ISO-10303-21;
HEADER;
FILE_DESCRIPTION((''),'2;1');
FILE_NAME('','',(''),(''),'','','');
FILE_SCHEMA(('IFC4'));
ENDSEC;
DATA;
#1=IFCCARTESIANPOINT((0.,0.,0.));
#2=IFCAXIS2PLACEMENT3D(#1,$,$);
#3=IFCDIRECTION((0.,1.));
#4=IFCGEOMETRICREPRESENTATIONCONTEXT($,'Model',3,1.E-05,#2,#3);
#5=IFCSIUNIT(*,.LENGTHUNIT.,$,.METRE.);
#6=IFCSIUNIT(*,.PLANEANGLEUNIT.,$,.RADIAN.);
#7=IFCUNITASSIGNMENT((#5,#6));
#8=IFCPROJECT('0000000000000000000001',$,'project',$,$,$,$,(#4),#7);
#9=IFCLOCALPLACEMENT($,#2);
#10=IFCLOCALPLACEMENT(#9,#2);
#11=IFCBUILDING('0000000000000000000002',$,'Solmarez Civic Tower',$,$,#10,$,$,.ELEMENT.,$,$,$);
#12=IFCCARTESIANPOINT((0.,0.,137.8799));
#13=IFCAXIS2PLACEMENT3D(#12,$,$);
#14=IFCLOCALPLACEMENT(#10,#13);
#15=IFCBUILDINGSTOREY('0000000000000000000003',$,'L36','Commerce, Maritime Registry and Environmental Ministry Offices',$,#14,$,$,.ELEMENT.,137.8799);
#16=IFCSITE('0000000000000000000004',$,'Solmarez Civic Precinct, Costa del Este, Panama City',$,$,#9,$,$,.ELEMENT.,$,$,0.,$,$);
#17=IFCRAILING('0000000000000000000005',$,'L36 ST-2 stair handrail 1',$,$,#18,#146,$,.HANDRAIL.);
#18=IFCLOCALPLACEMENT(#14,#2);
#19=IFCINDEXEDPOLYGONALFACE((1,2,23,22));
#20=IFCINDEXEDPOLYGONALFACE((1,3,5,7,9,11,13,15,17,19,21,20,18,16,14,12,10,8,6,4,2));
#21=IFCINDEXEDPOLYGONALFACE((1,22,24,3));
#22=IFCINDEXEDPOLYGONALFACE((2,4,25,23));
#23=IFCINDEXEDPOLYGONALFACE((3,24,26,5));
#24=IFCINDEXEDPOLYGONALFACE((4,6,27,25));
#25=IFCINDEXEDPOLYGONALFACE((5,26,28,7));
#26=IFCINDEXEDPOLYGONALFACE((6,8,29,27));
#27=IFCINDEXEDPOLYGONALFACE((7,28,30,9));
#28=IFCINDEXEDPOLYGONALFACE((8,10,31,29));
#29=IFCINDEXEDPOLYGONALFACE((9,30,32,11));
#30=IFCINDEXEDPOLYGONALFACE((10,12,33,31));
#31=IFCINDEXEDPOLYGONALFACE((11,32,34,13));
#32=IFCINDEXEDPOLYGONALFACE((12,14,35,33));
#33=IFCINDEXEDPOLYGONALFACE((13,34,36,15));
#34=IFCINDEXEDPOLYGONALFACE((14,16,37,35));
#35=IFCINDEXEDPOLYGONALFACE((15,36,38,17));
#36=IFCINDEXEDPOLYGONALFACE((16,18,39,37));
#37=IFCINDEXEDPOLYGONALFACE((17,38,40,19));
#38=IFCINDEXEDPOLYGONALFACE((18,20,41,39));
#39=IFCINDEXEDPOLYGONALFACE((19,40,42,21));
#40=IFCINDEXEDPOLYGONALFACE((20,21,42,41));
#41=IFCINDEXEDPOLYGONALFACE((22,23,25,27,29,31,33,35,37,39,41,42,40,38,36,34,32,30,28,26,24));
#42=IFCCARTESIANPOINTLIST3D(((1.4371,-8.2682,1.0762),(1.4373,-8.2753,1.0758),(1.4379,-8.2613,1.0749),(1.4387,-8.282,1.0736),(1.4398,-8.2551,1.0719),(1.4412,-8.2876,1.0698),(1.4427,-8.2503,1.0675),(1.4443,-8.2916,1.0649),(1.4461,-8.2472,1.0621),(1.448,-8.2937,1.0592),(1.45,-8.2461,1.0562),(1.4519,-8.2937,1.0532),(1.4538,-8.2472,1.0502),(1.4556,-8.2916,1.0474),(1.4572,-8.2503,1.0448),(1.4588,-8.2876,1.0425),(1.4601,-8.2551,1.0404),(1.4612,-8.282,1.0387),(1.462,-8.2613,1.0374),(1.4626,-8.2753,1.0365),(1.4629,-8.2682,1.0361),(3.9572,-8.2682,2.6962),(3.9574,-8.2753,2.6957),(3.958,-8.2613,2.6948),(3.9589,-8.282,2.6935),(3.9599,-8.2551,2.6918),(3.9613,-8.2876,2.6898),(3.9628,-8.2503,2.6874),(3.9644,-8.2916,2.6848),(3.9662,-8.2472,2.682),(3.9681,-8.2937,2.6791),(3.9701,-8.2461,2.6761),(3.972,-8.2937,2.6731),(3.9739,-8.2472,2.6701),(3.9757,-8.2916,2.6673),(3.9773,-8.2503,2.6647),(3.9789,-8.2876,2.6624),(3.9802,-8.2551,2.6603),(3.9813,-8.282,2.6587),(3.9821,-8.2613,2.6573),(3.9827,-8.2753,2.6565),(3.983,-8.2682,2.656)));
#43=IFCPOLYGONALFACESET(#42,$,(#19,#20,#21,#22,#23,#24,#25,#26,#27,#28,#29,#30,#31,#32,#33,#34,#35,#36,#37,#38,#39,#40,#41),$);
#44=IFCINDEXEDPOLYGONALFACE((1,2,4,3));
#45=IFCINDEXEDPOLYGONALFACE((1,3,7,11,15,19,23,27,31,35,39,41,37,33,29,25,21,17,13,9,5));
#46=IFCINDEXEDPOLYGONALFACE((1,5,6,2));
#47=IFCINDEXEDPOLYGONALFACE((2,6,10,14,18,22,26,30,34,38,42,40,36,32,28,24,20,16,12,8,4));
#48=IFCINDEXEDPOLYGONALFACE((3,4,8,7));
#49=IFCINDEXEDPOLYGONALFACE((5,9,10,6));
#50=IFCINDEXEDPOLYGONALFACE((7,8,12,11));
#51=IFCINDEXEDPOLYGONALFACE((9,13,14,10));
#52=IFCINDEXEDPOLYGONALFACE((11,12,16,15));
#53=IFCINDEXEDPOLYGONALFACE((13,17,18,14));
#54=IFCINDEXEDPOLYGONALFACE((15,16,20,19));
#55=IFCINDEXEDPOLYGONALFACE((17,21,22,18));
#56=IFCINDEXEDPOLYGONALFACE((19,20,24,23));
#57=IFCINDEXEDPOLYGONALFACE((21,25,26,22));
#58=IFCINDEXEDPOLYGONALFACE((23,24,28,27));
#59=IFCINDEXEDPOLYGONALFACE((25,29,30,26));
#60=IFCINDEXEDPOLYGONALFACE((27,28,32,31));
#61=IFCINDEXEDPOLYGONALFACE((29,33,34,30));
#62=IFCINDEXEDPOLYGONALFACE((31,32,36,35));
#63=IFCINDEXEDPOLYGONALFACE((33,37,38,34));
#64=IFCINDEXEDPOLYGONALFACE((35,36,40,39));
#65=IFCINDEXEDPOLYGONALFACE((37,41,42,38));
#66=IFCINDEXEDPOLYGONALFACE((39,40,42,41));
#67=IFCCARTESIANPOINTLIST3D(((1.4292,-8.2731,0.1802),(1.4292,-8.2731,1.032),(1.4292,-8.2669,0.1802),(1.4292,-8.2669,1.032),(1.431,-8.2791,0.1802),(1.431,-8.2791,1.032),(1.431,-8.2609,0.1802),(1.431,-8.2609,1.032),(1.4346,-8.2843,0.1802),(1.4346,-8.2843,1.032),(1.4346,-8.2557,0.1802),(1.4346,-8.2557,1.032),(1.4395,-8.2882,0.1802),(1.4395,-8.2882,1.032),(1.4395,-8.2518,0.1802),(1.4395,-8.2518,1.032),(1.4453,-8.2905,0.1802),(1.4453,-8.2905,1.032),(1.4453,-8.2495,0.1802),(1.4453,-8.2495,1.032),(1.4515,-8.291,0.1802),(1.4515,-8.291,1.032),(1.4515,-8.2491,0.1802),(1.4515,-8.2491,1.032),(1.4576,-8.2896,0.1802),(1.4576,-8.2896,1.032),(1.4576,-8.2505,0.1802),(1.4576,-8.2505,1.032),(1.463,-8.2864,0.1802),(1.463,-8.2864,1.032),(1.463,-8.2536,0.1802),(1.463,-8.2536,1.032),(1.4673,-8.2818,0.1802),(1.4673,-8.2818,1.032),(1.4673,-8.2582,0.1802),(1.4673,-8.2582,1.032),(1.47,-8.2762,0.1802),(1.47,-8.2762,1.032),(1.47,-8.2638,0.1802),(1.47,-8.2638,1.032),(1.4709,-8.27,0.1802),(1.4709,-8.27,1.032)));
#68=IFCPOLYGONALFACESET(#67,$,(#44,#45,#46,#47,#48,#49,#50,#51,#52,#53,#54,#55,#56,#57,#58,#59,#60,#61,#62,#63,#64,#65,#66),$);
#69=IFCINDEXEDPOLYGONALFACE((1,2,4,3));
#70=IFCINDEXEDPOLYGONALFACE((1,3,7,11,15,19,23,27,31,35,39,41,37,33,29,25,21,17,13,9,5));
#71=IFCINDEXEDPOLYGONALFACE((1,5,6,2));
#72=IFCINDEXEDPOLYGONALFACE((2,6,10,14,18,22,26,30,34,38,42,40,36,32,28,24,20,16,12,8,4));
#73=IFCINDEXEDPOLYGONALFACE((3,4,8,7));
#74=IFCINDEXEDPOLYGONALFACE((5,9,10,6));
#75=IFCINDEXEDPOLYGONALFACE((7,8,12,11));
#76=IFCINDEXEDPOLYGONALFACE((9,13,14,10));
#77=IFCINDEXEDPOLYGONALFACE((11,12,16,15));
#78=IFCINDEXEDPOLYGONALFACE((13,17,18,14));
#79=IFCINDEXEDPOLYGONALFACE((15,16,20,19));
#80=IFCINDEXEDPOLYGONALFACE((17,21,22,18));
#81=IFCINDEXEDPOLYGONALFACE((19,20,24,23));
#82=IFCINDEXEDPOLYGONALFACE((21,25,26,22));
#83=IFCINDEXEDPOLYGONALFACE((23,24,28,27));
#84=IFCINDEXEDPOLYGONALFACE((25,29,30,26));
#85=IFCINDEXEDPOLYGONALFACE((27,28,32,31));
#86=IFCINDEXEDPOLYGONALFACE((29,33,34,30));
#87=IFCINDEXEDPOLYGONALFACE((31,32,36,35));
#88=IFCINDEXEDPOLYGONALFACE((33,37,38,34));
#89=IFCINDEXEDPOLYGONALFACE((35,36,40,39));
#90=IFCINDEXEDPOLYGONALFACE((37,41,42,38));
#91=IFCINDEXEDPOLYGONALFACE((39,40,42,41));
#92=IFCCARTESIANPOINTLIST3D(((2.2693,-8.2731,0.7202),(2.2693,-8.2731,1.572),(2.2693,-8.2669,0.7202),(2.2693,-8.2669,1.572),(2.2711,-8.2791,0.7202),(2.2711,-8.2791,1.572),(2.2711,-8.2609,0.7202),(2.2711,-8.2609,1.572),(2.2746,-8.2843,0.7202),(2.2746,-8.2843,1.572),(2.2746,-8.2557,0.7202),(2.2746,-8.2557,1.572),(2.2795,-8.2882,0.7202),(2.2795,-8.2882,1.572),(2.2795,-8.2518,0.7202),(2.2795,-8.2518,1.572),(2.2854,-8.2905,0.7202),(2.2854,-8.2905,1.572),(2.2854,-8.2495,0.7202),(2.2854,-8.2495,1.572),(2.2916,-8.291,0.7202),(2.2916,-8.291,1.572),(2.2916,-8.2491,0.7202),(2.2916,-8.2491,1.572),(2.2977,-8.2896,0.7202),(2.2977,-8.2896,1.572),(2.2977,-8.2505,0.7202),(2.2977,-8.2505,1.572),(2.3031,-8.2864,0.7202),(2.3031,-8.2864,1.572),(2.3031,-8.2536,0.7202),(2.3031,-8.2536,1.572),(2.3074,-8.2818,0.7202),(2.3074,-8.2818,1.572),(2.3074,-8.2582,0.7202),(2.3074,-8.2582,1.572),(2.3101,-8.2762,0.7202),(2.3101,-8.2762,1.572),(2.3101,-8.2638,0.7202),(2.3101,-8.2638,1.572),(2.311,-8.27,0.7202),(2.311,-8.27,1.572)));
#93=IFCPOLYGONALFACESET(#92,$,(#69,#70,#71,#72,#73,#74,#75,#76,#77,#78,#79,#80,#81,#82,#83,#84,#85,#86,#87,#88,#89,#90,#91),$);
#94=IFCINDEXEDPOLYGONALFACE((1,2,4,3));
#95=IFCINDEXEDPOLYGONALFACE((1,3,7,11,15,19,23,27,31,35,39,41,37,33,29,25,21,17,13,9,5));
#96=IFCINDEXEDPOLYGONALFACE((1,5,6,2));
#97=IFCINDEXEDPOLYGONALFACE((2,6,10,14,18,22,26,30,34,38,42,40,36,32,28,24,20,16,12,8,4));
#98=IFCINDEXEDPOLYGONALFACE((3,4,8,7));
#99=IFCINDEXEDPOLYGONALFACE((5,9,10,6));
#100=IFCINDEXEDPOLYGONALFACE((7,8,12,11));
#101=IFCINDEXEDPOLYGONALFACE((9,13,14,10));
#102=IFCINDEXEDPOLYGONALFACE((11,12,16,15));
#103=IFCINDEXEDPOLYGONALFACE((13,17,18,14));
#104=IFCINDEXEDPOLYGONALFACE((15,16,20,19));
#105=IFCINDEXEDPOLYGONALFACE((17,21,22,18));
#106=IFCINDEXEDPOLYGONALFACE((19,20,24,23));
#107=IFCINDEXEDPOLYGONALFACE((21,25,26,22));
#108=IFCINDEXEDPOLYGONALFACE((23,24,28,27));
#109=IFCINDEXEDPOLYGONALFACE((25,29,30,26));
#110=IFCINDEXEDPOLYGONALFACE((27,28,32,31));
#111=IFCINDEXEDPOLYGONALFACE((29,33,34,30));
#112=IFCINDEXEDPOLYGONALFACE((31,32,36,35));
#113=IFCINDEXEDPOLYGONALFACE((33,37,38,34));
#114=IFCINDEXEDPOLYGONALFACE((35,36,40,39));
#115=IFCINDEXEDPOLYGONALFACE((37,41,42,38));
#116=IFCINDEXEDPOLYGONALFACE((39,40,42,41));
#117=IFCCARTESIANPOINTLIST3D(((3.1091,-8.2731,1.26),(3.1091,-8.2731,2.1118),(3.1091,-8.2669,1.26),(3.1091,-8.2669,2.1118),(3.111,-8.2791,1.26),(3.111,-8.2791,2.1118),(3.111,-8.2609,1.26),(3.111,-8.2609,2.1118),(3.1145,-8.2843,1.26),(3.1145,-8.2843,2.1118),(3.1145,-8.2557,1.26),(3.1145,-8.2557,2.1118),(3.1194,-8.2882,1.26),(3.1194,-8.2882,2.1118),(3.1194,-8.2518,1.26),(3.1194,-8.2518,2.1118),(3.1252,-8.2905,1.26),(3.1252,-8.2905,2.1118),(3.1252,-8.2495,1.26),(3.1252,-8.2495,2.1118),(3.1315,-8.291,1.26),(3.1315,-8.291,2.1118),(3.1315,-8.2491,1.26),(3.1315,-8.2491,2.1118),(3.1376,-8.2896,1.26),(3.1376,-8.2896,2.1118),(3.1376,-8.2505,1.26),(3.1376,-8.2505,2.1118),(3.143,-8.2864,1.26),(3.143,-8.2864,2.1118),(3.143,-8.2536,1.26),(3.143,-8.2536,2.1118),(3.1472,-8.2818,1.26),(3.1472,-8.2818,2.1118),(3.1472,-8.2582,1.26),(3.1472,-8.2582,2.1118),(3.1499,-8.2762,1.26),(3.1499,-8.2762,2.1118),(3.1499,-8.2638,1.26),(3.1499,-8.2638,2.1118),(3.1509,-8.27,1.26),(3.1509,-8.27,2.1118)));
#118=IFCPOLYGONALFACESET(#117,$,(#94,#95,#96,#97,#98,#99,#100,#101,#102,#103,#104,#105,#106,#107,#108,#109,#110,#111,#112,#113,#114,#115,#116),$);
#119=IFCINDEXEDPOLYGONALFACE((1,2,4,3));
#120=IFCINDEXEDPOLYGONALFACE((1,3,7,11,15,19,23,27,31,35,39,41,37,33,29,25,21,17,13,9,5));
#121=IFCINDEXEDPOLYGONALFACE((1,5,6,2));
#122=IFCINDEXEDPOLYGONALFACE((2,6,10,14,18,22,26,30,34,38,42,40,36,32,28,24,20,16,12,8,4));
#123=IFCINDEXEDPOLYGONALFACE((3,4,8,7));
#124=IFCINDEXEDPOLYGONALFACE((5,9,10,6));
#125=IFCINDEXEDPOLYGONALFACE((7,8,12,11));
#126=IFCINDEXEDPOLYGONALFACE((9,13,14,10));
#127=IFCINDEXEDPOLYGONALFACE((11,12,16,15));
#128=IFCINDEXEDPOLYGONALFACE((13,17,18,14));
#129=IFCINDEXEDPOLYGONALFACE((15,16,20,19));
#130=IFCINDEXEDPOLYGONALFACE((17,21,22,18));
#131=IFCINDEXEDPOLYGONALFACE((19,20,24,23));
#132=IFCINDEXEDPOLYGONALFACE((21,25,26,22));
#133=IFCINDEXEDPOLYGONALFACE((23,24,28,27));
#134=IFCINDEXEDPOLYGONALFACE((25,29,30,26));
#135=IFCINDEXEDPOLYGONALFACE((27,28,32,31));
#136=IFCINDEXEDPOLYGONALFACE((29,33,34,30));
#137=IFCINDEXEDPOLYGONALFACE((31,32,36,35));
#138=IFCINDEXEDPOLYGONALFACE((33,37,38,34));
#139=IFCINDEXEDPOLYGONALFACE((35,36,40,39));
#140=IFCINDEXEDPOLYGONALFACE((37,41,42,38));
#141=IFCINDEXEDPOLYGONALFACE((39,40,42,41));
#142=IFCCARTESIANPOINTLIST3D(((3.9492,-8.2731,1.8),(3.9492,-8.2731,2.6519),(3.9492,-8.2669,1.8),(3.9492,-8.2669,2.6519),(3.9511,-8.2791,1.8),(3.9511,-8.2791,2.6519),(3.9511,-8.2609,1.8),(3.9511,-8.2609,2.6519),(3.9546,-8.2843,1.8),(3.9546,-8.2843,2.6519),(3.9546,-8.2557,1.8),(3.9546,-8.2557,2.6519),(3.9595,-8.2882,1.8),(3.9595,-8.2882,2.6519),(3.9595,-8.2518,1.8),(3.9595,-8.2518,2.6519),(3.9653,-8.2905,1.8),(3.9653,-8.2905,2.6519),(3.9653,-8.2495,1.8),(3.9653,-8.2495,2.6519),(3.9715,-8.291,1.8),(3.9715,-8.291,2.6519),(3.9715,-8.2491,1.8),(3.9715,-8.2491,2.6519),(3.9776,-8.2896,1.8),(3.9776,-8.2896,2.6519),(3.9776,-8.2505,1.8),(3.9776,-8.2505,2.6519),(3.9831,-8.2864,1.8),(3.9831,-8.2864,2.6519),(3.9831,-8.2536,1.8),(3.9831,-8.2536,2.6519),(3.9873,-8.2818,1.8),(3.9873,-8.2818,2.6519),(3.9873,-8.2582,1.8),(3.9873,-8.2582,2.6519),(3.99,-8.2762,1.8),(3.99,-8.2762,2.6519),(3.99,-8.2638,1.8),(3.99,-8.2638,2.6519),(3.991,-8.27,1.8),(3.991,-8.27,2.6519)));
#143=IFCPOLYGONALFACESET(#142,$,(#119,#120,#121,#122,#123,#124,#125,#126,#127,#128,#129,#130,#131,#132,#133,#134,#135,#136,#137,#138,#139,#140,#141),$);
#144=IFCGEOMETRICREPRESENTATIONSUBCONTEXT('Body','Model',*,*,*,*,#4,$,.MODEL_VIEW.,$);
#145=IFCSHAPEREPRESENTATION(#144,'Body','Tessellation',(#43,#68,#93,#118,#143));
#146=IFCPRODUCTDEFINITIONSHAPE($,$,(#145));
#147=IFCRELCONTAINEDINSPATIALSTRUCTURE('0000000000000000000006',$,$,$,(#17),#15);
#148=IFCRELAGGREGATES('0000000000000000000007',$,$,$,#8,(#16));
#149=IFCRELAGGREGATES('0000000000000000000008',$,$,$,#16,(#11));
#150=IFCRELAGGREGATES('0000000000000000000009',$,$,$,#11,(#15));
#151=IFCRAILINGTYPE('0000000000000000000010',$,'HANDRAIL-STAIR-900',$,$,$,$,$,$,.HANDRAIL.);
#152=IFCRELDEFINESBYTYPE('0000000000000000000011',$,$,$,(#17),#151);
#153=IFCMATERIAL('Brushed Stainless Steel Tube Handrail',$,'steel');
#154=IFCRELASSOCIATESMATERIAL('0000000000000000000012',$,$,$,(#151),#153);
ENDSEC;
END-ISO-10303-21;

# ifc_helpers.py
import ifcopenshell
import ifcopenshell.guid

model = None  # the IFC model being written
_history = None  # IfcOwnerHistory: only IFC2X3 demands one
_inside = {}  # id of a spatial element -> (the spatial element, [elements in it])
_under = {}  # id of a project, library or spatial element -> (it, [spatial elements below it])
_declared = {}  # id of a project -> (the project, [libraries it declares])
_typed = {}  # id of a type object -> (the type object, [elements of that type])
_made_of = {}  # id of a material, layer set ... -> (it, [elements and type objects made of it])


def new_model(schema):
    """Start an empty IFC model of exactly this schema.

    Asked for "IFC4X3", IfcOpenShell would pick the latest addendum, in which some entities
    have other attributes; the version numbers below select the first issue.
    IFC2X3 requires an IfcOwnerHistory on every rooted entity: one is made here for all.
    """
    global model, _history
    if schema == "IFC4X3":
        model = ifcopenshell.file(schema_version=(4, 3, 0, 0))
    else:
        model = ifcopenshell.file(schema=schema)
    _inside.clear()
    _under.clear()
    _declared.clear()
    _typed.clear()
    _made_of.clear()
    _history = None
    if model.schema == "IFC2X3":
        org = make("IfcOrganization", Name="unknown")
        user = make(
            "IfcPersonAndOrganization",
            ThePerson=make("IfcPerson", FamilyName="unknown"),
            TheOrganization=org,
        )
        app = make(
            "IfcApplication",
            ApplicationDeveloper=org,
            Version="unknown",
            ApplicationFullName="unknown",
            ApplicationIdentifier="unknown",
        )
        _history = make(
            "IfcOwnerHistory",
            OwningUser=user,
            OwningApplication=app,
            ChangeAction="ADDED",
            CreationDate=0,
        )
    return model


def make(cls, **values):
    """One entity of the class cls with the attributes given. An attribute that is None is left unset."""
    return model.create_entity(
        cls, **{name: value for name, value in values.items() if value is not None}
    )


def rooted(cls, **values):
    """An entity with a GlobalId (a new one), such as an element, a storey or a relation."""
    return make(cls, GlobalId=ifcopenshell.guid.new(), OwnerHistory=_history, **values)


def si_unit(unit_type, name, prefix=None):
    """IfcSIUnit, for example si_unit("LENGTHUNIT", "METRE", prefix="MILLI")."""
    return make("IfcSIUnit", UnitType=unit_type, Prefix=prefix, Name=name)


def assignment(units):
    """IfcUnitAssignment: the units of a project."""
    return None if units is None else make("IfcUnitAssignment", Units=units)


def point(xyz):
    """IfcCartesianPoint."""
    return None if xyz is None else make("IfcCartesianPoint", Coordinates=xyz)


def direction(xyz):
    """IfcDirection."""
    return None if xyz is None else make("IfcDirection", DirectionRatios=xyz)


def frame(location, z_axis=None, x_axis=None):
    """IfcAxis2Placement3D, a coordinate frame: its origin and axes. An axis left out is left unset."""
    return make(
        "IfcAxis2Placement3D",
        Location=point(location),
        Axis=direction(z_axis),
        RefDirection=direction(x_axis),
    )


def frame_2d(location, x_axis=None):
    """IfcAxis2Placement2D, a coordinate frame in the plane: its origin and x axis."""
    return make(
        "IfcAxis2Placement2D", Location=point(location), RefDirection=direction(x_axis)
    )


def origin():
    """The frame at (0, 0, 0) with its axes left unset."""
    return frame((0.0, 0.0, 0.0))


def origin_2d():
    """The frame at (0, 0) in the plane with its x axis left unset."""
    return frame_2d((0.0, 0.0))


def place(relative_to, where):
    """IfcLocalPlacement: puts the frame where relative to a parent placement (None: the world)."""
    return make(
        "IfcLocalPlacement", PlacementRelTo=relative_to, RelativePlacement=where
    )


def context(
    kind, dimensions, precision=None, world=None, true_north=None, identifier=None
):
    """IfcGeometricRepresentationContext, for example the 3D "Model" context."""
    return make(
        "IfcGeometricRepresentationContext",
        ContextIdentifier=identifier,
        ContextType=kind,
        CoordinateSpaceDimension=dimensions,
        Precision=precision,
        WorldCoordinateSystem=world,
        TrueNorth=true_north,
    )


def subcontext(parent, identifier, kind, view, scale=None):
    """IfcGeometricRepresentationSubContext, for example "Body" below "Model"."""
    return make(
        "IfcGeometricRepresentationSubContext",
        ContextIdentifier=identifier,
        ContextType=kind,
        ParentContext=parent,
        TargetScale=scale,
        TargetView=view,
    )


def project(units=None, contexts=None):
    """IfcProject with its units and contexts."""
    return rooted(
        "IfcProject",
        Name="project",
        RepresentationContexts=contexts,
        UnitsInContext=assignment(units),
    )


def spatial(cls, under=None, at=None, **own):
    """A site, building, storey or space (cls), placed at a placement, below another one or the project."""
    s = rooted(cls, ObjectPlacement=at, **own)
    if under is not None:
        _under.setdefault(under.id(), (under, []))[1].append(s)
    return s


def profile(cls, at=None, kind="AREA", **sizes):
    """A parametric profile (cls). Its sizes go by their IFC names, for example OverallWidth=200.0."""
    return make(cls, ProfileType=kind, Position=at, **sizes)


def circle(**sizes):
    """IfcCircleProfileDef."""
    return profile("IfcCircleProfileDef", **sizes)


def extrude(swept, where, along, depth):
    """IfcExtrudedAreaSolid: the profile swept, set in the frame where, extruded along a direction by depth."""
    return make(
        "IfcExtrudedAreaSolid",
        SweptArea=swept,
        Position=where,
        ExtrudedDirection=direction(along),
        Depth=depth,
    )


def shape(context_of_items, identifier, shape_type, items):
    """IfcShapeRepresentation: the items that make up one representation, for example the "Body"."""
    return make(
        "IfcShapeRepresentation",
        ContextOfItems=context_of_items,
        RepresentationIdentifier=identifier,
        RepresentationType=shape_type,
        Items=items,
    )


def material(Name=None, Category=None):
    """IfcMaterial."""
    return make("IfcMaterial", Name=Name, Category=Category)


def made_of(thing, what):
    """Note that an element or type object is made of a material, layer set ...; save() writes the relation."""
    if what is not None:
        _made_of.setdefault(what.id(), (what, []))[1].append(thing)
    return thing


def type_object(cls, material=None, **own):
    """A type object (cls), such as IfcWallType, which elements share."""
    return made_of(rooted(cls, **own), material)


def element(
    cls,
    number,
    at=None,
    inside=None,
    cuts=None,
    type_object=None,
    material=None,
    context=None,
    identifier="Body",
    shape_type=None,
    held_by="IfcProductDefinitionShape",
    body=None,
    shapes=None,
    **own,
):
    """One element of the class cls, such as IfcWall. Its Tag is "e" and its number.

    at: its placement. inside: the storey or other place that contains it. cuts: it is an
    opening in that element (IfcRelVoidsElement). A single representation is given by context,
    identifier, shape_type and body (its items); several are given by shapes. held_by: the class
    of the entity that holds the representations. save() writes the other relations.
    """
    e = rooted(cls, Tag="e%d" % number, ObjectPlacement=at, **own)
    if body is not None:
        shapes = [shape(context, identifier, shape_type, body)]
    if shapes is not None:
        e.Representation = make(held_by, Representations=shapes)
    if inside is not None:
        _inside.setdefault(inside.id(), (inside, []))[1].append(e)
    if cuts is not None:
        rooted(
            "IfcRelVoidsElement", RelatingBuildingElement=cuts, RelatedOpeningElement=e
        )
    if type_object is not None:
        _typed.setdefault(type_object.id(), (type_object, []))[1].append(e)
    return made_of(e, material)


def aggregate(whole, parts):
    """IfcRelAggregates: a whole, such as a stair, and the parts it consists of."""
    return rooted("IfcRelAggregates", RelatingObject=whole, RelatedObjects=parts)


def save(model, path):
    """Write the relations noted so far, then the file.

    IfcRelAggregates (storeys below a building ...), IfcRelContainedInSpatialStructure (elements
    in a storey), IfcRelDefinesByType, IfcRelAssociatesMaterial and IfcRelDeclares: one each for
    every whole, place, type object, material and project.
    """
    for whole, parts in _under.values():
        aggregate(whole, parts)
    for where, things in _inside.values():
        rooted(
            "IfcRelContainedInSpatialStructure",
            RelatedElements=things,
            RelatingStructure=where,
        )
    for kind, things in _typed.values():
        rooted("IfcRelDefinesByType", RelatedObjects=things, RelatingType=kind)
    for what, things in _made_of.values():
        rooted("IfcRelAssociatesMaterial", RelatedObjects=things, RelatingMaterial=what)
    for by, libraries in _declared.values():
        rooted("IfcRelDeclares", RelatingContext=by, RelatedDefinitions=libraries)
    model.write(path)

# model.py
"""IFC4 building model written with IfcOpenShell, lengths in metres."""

from ifc_helpers import new_model, si_unit, direction, frame, origin, origin_2d, place, context, subcontext, project, spatial, circle, extrude, material, type_object, element, save


model = new_model("IFC4")

# Units and contexts
model_context = context("Model", 3, precision=1e-05, world=origin(), true_north=direction((0.0, 1.0)))
body_context = subcontext(model_context, "Body", "Model", "MODEL_VIEW")
ifc_project = project(units=[si_unit("LENGTHUNIT", "METRE"), si_unit("PLANEANGLEUNIT", "RADIAN")], contexts=[model_context])

# Site, building, storey
site_placement = place(None, origin())
site = spatial("IfcSite", under=ifc_project, at=site_placement, Name="Solmarez Civic Precinct, Costa del Este, Panama City", CompositionType="ELEMENT", RefElevation=0.0)
building_placement = place(site_placement, origin())
building = spatial("IfcBuilding", under=site, at=building_placement, Name="Solmarez Civic Tower", CompositionType="ELEMENT")
storey_placement = place(building_placement, frame((0.0, 0.0, 137.8799)))
storey = spatial("IfcBuildingStorey", under=building, at=storey_placement, Name="L36", Description="Commerce, Maritime Registry and Environmental Ministry Offices", CompositionType="ELEMENT", Elevation=137.8799)

# Railing
ifc_material_1 = material(Name="Brushed Stainless Steel Tube Handrail", Category="steel")
railing_type_1 = type_object("IfcRailingType", Name="HANDRAIL-STAIR-900", PredefinedType="HANDRAIL", material=ifc_material_1)
railing_1_placement = place(storey_placement, frame((1.45, -8.27, 0.1802)))
element("IfcRailing", 1, at=railing_1_placement, inside=storey, type_object=railing_type_1, Name="L36 ST-2 stair handrail 1", PredefinedType="HANDRAIL", context=body_context, shape_type="SweptSolid", body=[
    extrude(circle(Radius=0.0239, at=origin_2d()), frame((0.0, 0.0, 0.876), z_axis=(0.8412, 0.0, 0.540725), x_axis=(0.0, 1.0, 0.0)), (0.0, 0.0, 1.0), 2.9958),
    extrude(circle(Radius=0.021, at=origin_2d()), origin(), (0.0, 0.0, 1.0), 0.8518),
    extrude(circle(Radius=0.021, at=origin_2d()), frame((0.8401, 0.0, 0.54)), (0.0, 0.0, 1.0), 0.8518),
    extrude(circle(Radius=0.021, at=origin_2d()), frame((1.6799, 0.0, 1.0798)), (0.0, 0.0, 1.0), 0.8518),
    extrude(circle(Radius=0.021, at=origin_2d()), frame((2.52, 0.0, 1.6199)), (0.0, 0.0, 1.0), 0.8518),
])

save(model, "model.ifc")
